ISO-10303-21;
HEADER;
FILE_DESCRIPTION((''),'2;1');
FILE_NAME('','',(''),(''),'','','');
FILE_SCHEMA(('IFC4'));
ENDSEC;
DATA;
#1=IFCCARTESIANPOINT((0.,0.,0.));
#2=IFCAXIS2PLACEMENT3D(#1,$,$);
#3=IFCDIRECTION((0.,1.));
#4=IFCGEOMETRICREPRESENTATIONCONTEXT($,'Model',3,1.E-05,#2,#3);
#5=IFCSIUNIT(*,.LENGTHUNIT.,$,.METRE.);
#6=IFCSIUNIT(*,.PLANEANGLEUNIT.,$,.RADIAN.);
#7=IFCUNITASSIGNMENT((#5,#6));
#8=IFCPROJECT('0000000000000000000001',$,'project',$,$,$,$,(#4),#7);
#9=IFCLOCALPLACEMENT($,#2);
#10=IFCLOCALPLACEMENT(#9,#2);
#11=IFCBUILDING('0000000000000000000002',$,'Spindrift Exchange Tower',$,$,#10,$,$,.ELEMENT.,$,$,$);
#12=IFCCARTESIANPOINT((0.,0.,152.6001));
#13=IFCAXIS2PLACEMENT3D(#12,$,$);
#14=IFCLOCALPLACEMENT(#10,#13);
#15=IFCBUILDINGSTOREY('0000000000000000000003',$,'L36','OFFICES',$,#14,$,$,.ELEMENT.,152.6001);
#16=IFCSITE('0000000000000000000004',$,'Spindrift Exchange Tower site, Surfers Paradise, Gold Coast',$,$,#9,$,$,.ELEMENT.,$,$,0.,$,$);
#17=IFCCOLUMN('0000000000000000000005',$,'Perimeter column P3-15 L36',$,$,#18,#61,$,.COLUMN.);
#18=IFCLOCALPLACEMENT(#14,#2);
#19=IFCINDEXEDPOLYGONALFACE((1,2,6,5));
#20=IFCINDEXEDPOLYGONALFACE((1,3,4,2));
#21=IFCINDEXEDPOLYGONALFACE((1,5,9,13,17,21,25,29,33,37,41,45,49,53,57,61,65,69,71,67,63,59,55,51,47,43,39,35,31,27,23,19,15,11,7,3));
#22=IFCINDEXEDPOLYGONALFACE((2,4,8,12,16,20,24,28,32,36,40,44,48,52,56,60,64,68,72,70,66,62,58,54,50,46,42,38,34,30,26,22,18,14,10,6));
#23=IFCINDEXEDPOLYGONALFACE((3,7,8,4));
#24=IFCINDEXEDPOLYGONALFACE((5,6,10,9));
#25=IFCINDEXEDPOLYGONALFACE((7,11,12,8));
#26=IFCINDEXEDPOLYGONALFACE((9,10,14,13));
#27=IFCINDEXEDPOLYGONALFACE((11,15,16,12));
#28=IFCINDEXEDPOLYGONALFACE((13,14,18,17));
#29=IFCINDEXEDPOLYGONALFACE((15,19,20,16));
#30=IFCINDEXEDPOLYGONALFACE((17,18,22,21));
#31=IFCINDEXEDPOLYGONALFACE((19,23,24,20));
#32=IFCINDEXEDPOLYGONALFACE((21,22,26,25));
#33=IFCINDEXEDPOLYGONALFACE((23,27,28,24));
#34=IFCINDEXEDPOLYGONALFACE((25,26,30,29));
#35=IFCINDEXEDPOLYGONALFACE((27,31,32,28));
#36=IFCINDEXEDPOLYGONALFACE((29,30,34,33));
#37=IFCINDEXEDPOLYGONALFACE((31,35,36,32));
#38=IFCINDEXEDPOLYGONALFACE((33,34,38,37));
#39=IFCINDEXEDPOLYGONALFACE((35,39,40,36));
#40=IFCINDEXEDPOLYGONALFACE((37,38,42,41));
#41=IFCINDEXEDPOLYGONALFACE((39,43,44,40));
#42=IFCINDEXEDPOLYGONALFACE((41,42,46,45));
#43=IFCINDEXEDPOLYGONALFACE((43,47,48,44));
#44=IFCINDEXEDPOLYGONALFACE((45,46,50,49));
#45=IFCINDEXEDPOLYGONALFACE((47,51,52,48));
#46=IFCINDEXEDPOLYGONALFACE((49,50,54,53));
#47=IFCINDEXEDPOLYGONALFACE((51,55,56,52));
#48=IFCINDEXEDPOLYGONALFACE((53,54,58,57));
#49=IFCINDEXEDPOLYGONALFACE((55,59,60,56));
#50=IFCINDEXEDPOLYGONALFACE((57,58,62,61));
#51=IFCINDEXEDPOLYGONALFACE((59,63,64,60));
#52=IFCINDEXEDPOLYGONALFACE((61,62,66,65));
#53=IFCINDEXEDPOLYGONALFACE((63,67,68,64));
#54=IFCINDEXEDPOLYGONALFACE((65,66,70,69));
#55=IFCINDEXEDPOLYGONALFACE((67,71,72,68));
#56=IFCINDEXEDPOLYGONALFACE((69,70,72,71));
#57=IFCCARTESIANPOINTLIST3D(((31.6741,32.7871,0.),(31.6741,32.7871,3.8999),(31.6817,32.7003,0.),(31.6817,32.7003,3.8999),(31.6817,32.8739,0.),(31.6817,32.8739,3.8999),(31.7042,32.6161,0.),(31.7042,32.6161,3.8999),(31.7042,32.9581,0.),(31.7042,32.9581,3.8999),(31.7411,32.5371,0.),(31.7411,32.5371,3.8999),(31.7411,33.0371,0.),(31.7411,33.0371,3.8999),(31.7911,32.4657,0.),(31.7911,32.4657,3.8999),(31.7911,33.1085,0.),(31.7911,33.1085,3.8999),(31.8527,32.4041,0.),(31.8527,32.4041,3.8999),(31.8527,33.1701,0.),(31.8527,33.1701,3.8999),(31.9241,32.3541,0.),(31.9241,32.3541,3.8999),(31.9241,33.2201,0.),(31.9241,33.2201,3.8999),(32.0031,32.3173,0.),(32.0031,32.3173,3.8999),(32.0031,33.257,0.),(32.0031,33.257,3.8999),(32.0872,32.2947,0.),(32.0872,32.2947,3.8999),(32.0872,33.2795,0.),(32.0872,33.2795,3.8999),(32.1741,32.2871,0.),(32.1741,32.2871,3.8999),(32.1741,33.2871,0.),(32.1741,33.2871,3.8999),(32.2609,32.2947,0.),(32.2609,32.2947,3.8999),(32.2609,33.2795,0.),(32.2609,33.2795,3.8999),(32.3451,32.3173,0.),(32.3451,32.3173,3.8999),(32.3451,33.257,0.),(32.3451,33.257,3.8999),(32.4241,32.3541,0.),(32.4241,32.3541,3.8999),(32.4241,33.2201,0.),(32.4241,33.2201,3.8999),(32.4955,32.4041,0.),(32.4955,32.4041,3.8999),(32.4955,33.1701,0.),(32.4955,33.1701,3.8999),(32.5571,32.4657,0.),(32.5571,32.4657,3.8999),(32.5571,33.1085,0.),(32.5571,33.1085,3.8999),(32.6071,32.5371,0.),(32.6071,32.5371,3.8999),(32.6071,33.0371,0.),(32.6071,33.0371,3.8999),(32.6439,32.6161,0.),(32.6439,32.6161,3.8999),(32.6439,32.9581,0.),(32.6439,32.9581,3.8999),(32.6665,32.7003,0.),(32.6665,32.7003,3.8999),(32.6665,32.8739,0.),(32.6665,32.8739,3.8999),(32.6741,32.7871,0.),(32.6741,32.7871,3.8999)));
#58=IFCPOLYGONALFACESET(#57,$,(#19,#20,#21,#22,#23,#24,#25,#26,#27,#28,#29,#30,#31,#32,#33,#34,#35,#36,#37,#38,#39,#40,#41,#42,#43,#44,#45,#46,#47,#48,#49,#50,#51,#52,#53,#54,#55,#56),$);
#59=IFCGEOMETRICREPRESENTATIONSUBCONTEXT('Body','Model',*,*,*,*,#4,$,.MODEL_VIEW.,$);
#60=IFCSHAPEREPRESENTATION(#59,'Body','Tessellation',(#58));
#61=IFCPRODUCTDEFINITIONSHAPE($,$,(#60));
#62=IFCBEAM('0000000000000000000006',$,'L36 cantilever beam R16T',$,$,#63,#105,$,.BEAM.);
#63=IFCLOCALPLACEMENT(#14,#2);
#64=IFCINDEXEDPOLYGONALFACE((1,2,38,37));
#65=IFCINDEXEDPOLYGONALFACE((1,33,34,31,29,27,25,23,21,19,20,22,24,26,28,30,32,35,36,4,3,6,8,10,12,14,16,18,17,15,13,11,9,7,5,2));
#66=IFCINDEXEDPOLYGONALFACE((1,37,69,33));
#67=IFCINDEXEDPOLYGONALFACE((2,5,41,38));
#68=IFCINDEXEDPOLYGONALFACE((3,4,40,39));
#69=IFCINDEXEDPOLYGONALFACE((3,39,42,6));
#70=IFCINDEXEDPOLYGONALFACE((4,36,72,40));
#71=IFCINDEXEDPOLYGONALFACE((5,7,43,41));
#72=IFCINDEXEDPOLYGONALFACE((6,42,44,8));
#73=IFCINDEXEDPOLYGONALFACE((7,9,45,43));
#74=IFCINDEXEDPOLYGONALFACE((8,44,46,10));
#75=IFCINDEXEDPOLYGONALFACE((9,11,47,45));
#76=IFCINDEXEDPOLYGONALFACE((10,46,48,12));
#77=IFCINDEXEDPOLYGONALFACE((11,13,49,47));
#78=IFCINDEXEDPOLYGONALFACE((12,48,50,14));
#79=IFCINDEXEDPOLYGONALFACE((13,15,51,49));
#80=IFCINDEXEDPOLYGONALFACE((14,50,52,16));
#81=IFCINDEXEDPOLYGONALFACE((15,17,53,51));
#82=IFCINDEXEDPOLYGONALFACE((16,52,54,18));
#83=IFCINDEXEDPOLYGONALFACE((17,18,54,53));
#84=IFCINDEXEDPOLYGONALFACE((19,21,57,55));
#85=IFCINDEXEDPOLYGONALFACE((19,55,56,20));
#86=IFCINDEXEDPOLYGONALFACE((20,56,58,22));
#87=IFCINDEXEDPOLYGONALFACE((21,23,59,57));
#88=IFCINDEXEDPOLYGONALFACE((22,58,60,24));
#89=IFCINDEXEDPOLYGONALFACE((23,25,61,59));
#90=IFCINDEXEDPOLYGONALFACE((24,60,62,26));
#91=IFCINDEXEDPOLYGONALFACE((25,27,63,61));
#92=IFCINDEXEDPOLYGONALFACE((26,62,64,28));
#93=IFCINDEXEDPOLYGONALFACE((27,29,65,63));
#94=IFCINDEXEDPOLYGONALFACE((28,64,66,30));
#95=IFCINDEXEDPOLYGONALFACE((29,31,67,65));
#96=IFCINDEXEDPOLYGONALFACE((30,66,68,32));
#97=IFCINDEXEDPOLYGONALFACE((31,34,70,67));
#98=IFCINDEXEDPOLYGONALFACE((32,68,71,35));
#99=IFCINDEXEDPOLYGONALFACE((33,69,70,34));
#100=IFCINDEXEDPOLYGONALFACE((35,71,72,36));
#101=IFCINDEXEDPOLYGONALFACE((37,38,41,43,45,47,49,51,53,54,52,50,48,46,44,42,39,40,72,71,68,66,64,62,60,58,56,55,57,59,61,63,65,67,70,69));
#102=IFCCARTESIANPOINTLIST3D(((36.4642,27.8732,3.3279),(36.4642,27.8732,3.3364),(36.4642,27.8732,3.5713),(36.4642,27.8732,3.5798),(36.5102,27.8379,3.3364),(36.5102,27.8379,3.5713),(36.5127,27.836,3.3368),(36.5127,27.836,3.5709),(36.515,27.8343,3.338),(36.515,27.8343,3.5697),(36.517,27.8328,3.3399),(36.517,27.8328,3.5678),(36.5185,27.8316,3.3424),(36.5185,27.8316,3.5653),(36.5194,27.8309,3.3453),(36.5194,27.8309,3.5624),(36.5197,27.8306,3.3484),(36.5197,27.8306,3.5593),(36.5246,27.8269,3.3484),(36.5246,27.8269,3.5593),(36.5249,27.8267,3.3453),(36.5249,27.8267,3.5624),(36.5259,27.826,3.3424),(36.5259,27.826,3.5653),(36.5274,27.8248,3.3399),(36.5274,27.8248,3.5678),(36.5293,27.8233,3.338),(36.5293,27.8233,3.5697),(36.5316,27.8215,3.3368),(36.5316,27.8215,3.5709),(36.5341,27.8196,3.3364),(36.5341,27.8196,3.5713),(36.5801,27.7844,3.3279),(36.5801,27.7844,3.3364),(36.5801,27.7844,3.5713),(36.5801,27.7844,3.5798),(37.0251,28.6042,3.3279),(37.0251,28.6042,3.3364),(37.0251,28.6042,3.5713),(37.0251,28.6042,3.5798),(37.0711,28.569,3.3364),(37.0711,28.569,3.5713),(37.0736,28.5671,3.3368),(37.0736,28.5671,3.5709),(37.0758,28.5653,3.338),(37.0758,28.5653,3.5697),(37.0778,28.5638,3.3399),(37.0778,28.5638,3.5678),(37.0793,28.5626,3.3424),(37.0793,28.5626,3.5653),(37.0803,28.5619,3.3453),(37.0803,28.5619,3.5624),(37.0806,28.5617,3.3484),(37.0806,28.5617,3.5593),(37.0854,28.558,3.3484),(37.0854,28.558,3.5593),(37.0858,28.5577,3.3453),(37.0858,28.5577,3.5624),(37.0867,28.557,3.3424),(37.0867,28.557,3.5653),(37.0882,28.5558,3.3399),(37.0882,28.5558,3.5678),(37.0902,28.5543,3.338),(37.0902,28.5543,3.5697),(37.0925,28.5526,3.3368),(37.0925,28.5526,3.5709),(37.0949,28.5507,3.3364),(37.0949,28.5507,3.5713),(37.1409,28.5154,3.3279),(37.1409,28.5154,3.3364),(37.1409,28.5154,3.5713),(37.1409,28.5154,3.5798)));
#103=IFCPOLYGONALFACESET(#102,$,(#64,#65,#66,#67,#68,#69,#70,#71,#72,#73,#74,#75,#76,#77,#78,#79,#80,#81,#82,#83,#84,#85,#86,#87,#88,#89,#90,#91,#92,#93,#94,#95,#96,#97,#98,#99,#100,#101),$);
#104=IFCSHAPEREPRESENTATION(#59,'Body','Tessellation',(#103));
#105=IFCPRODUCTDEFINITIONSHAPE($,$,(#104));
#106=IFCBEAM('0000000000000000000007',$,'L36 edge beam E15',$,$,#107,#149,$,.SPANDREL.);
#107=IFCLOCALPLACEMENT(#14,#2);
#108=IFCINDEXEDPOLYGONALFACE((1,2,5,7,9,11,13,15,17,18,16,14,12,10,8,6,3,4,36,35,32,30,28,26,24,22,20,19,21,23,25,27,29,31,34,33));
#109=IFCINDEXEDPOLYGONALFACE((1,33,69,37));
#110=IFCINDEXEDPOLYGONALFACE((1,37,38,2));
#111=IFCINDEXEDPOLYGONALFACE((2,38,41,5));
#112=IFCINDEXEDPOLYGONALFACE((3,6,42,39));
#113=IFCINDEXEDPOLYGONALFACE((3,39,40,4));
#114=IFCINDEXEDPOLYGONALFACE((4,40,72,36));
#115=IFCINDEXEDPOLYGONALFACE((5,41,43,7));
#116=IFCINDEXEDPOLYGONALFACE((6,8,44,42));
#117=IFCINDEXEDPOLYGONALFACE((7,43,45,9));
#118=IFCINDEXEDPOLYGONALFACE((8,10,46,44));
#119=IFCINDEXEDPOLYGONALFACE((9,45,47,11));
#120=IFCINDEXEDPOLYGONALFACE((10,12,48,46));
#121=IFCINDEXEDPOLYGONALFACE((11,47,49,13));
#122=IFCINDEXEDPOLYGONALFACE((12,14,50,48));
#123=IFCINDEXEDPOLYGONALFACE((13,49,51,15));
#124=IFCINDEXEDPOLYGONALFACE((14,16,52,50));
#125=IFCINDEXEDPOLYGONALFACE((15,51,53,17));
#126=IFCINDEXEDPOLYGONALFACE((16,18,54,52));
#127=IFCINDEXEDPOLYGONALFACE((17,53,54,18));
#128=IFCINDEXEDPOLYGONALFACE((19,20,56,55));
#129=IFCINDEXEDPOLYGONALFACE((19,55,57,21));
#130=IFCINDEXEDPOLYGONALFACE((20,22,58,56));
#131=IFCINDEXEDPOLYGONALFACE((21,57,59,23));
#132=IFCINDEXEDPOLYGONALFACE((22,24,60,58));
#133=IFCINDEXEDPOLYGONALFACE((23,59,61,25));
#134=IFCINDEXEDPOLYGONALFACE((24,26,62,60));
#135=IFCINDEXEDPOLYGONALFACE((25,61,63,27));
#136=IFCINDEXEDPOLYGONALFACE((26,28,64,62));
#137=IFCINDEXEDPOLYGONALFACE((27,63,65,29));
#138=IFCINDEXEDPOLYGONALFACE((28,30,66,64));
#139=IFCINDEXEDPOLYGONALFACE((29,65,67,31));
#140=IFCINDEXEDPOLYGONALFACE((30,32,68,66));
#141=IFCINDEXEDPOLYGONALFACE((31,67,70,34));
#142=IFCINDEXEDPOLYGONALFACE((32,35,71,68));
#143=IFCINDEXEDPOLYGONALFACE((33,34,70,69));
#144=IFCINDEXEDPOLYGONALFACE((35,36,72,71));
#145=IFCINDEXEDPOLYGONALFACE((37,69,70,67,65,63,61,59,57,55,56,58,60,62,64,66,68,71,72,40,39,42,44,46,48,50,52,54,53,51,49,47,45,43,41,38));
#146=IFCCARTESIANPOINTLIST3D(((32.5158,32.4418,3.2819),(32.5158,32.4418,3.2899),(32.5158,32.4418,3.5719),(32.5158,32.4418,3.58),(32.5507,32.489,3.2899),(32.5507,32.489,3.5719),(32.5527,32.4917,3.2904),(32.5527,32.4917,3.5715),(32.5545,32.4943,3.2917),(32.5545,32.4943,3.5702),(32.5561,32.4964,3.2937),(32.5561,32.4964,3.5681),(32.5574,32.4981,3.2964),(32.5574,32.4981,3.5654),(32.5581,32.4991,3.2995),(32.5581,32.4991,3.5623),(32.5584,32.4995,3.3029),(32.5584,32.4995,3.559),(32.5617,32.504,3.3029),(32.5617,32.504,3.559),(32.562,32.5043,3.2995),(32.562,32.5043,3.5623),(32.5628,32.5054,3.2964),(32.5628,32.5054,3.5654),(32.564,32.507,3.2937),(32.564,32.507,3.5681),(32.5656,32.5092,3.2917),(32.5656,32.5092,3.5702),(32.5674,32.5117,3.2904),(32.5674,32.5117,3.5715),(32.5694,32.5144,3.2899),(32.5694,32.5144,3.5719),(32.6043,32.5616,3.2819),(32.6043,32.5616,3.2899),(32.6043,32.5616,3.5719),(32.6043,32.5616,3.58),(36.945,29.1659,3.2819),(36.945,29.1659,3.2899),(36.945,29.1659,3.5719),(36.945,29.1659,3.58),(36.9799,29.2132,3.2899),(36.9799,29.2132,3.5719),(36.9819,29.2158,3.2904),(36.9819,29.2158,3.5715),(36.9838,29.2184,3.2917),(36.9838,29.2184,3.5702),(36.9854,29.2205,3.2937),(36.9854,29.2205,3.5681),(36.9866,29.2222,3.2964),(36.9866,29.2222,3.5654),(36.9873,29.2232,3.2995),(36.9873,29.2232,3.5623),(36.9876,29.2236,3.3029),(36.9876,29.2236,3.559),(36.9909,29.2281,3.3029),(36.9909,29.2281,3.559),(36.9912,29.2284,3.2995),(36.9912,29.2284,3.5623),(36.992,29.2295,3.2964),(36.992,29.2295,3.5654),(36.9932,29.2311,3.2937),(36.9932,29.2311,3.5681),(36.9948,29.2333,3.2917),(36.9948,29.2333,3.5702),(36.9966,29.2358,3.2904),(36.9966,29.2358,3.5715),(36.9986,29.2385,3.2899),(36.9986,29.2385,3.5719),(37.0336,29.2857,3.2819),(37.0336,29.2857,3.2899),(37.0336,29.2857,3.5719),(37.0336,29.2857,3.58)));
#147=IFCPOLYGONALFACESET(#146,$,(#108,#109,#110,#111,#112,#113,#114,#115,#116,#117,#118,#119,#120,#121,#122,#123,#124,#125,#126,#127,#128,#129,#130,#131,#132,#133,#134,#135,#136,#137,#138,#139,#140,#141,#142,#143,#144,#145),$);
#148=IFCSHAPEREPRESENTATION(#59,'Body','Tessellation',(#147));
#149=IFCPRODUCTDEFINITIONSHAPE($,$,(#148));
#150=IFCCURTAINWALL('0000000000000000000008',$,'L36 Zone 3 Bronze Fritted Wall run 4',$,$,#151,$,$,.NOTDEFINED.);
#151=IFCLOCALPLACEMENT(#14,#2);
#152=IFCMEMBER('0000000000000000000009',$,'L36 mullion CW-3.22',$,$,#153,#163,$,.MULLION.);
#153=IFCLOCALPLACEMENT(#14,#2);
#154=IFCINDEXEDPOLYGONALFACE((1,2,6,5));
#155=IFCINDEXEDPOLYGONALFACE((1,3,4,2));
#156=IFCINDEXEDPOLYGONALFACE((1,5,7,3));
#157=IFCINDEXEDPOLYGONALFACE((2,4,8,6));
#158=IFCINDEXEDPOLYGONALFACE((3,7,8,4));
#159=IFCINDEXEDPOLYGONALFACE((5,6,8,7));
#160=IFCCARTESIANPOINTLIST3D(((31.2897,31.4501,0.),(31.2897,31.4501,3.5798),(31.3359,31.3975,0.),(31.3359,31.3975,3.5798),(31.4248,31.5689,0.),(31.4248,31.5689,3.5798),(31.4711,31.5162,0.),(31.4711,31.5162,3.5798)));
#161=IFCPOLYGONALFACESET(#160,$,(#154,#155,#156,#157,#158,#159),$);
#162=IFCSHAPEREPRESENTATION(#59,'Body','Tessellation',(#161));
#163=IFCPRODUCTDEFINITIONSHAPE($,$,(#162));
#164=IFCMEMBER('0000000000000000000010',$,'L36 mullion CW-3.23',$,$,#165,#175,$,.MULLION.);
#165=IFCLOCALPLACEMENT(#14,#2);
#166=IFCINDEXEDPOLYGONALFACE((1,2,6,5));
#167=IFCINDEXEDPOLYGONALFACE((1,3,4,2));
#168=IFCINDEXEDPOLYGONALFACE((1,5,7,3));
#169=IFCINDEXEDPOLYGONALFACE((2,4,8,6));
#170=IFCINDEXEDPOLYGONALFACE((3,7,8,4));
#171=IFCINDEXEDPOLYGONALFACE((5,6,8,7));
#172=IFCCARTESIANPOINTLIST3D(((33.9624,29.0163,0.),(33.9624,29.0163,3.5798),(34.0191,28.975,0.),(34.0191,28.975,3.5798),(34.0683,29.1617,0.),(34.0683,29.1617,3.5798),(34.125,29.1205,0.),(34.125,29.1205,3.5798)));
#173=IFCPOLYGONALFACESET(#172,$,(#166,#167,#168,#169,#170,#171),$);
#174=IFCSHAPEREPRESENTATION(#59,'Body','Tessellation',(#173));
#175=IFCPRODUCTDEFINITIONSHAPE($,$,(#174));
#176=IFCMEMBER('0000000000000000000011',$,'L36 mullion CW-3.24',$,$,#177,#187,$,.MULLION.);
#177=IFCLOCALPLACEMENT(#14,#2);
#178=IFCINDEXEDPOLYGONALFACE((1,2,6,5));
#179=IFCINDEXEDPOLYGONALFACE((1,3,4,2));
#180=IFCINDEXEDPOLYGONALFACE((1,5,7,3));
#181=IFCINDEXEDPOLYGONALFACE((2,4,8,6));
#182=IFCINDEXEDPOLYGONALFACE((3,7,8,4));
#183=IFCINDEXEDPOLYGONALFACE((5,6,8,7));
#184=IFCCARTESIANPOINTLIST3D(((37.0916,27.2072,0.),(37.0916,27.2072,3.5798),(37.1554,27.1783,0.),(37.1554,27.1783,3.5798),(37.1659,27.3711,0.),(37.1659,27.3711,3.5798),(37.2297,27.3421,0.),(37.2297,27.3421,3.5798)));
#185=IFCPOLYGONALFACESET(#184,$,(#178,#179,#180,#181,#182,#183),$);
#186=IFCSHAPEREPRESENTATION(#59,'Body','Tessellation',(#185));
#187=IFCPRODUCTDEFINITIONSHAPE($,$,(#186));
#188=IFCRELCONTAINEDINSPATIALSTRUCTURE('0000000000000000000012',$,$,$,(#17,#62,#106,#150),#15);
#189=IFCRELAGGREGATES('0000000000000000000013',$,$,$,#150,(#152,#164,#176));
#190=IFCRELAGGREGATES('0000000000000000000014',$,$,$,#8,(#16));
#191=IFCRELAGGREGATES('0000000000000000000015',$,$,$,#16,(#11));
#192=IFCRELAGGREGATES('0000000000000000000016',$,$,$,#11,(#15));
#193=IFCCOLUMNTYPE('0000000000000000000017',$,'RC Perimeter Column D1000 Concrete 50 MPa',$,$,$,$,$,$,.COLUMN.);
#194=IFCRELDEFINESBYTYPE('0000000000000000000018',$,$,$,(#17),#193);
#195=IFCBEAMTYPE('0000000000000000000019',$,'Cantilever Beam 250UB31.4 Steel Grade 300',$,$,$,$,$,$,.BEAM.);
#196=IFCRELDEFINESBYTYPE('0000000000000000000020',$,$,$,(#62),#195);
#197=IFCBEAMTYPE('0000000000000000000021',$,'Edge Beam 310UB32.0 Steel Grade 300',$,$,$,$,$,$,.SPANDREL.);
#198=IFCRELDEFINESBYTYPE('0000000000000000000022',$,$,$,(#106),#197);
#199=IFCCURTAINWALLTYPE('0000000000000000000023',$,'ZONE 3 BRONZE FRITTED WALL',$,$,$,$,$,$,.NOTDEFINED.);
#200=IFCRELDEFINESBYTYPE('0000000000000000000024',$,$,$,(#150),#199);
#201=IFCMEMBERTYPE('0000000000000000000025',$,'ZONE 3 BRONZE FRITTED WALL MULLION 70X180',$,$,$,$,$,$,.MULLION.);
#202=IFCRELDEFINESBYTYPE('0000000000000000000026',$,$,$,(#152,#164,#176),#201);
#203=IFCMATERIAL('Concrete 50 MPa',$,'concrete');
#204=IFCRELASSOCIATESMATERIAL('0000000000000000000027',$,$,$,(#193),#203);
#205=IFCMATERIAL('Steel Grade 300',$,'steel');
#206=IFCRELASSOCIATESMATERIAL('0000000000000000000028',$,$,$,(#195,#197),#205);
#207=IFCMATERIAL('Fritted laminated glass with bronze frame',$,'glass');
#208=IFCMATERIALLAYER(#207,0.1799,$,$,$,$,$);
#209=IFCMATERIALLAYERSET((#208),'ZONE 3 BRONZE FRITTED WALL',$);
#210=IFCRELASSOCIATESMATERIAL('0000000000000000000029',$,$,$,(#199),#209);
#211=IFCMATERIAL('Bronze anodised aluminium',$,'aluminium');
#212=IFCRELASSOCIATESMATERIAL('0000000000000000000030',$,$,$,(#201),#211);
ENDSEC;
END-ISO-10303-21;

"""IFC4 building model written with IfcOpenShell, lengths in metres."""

from ifc_helpers import new_model, si_unit, direction, frame, origin, origin_2d, place, context, subcontext, project, spatial, rectangle, circle, i_section, extrude, source, transform, mapped, material, layer, layer_set, material_profile, profile_set, type_object, element, aggregate, save


model = new_model("IFC4")

# Units and contexts
model_context = context("Model", 3, precision=1e-05, world=origin(), true_north=direction((0.0, 1.0)))
body_context = subcontext(model_context, "Body", "Model", "MODEL_VIEW")
ifc_project = project(units=[si_unit("LENGTHUNIT", "METRE"), si_unit("PLANEANGLEUNIT", "RADIAN")], contexts=[model_context])

# Site, building, storey
site_placement = place(None, origin())
site = spatial("IfcSite", under=ifc_project, at=site_placement, Name="Spindrift Exchange Tower site, Surfers Paradise, Gold Coast", CompositionType="ELEMENT", RefElevation=0.0)
building_placement = place(site_placement, origin())
building = spatial("IfcBuilding", under=site, at=building_placement, Name="Spindrift Exchange Tower", CompositionType="ELEMENT")
storey_placement = place(building_placement, frame((0.0, 0.0, 152.6001)))
storey = spatial("IfcBuildingStorey", under=building, at=storey_placement, Name="L36", Description="OFFICES", CompositionType="ELEMENT", Elevation=152.6001)

# Column
ifc_material_1 = material(Name="Concrete 50 MPa", Category="concrete")
ifc_material_profile_1 = material_profile(ifc_material_1, circle(Radius=0.5, at=origin_2d()), Name="RC D1000")
ifc_profile_set_1 = profile_set([ifc_material_profile_1], Name="Concrete 50 MPa")
column_type = type_object("IfcColumnType", Name="RC Perimeter Column D1000 Concrete 50 MPa", PredefinedType="COLUMN", material=ifc_profile_set_1)
shared_shape_1 = source(origin(), body_context, "Body", "SweptSolid", [
    extrude(circle(Radius=0.5, at=origin_2d()), origin(), (0.0, 0.0, 1.0), 3.8999),
])
column_placement = place(storey_placement, frame((32.1741, 32.7871, 0.0), z_axis=(0.0, 0.0, 1.0), x_axis=(1.0, 0.0, 0.0)))
element("IfcColumn", 1, at=column_placement, inside=storey, type_object=column_type, Name="Perimeter column P3-15 L36", PredefinedType="COLUMN", context=body_context, shape_type="MappedRepresentation", body=[
    mapped(shared_shape_1, transform((0.0, 0.0, 0.0), scale=1.0)),
])

# Beams
ifc_material_2 = material(Name="Steel Grade 300", Category="steel")
ifc_material_profile_2 = material_profile(ifc_material_2, i_section(OverallWidth=0.146, OverallDepth=0.252, WebThickness=0.0061, FlangeThickness=0.0085, FilletRadius=0.012, at=origin_2d()), Name="250UB31.4")
ifc_profile_set_2 = profile_set([ifc_material_profile_2], Name="Steel Grade 300")
beam_type_1 = type_object("IfcBeamType", Name="Cantilever Beam 250UB31.4 Steel Grade 300", PredefinedType="BEAM", material=ifc_profile_set_2)
shared_shape_2 = source(origin(), body_context, "Body", "SweptSolid", [
    extrude(i_section(OverallWidth=0.146, OverallDepth=0.252, WebThickness=0.0061, FlangeThickness=0.0085, FilletRadius=0.012, at=origin_2d()), origin(), (0.0, 0.0, 1.0), 0.9214),
])
beam_1_placement = place(storey_placement, frame((37.083, 28.5598, 3.4539), z_axis=(-0.608699, -0.793402, 0.0), x_axis=(0.793402, -0.608699, 0.0)))
element("IfcBeam", 2, at=beam_1_placement, inside=storey, type_object=beam_type_1, Name="L36 cantilever beam R16T", PredefinedType="BEAM", context=body_context, shape_type="MappedRepresentation", body=[
    mapped(shared_shape_2, transform((0.0, 0.0, 0.0), scale=1.0)),
])
ifc_material_profile_3 = material_profile(ifc_material_2, i_section(OverallWidth=0.1489, OverallDepth=0.2981, WebThickness=0.0056, FlangeThickness=0.0081, FilletRadius=0.0129, at=origin_2d()), Name="310UB32.0")
ifc_profile_set_3 = profile_set([ifc_material_profile_3], Name="Steel Grade 300")
beam_type_2 = type_object("IfcBeamType", Name="Edge Beam 310UB32.0 Steel Grade 300", PredefinedType="SPANDREL", material=ifc_profile_set_3)
shared_shape_3 = source(origin(), body_context, "Body", "SweptSolid", [
    extrude(i_section(OverallWidth=0.1489, OverallDepth=0.2981, WebThickness=0.0056, FlangeThickness=0.0081, FilletRadius=0.0129, at=origin_2d()), origin(), (0.0, 0.0, 1.0), 5.509),
])
beam_2_placement = place(storey_placement, frame((32.5601, 32.5017, 3.4309), z_axis=(0.803992, -0.59464, 0.0), x_axis=(0.59464, 0.803992, 0.0)))
element("IfcBeam", 3, at=beam_2_placement, inside=storey, type_object=beam_type_2, Name="L36 edge beam E15", PredefinedType="SPANDREL", context=body_context, shape_type="MappedRepresentation", body=[
    mapped(shared_shape_3, transform((0.0, 0.0, 0.0), scale=1.0)),
])

# Curtain wall, members
ifc_material_3 = material(Name="Fritted laminated glass with bronze frame", Category="glass")
ifc_layer_1 = layer(ifc_material_3, 0.1799)
ifc_layer_set_1 = layer_set([ifc_layer_1], Name="ZONE 3 BRONZE FRITTED WALL")
curtain_wall_type = type_object("IfcCurtainWallType", Name="ZONE 3 BRONZE FRITTED WALL", PredefinedType="NOTDEFINED", material=ifc_layer_set_1)
curtain_wall_placement = place(storey_placement, origin())
curtain_wall = element("IfcCurtainWall", 4, at=curtain_wall_placement, inside=storey, type_object=curtain_wall_type, Name="L36 Zone 3 Bronze Fritted Wall run 4", PredefinedType="NOTDEFINED")
ifc_material_4 = material(Name="Bronze anodised aluminium", Category="aluminium")
ifc_material_profile_4 = material_profile(ifc_material_4, rectangle(XDim=0.0701, YDim=0.1799, at=origin_2d()), Name="ZONE 3 BRONZE FRITTED WALL MULLION 70X180")
ifc_profile_set_4 = profile_set([ifc_material_profile_4], Name="Bronze anodised aluminium")
member_type_1 = type_object("IfcMemberType", Name="ZONE 3 BRONZE FRITTED WALL MULLION 70X180", PredefinedType="MULLION", material=ifc_profile_set_4)
shared_shape_4 = source(origin(), body_context, "Body", "SweptSolid", [
    extrude(rectangle(XDim=0.0701, YDim=0.1799, at=origin_2d()), origin(), (0.0, 0.0, 1.0), 3.5798),
])
member_1_placement = place(storey_placement, frame((31.3804, 31.4832, 0.0), z_axis=(0.0, 0.0, 1.0), x_axis=(0.660006, -0.75126, 0.0)))
member_1 = element("IfcMember", 5, at=member_1_placement, type_object=member_type_1, Name="L36 mullion CW-3.22", PredefinedType="MULLION", context=body_context, shape_type="MappedRepresentation", body=[
    mapped(shared_shape_4, transform((0.0, 0.0, 0.0), scale=1.0)),
])
member_2_placement = place(storey_placement, frame((34.0437, 29.0684, 0.0), z_axis=(0.0, 0.0, 1.0), x_axis=(0.808422, -0.588603, 0.0)))
member_2 = element("IfcMember", 6, at=member_2_placement, type_object=member_type_1, Name="L36 mullion CW-3.23", PredefinedType="MULLION", context=body_context, shape_type="MappedRepresentation", body=[
    mapped(shared_shape_4, transform((0.0, 0.0, 0.0), scale=1.0)),
])
member_3_placement = place(storey_placement, frame((37.1606, 27.2747, 0.0), z_axis=(0.0, 0.0, 1.0), x_axis=(0.910847, -0.412743, 0.0)))
member_3 = element("IfcMember", 7, at=member_3_placement, type_object=member_type_1, Name="L36 mullion CW-3.24", PredefinedType="MULLION", context=body_context, shape_type="MappedRepresentation", body=[
    mapped(shared_shape_4, transform((0.0, 0.0, 0.0), scale=1.0)),
])

aggregate(curtain_wall, [member_1, member_2, member_3])

save(model, "model.ifc")
